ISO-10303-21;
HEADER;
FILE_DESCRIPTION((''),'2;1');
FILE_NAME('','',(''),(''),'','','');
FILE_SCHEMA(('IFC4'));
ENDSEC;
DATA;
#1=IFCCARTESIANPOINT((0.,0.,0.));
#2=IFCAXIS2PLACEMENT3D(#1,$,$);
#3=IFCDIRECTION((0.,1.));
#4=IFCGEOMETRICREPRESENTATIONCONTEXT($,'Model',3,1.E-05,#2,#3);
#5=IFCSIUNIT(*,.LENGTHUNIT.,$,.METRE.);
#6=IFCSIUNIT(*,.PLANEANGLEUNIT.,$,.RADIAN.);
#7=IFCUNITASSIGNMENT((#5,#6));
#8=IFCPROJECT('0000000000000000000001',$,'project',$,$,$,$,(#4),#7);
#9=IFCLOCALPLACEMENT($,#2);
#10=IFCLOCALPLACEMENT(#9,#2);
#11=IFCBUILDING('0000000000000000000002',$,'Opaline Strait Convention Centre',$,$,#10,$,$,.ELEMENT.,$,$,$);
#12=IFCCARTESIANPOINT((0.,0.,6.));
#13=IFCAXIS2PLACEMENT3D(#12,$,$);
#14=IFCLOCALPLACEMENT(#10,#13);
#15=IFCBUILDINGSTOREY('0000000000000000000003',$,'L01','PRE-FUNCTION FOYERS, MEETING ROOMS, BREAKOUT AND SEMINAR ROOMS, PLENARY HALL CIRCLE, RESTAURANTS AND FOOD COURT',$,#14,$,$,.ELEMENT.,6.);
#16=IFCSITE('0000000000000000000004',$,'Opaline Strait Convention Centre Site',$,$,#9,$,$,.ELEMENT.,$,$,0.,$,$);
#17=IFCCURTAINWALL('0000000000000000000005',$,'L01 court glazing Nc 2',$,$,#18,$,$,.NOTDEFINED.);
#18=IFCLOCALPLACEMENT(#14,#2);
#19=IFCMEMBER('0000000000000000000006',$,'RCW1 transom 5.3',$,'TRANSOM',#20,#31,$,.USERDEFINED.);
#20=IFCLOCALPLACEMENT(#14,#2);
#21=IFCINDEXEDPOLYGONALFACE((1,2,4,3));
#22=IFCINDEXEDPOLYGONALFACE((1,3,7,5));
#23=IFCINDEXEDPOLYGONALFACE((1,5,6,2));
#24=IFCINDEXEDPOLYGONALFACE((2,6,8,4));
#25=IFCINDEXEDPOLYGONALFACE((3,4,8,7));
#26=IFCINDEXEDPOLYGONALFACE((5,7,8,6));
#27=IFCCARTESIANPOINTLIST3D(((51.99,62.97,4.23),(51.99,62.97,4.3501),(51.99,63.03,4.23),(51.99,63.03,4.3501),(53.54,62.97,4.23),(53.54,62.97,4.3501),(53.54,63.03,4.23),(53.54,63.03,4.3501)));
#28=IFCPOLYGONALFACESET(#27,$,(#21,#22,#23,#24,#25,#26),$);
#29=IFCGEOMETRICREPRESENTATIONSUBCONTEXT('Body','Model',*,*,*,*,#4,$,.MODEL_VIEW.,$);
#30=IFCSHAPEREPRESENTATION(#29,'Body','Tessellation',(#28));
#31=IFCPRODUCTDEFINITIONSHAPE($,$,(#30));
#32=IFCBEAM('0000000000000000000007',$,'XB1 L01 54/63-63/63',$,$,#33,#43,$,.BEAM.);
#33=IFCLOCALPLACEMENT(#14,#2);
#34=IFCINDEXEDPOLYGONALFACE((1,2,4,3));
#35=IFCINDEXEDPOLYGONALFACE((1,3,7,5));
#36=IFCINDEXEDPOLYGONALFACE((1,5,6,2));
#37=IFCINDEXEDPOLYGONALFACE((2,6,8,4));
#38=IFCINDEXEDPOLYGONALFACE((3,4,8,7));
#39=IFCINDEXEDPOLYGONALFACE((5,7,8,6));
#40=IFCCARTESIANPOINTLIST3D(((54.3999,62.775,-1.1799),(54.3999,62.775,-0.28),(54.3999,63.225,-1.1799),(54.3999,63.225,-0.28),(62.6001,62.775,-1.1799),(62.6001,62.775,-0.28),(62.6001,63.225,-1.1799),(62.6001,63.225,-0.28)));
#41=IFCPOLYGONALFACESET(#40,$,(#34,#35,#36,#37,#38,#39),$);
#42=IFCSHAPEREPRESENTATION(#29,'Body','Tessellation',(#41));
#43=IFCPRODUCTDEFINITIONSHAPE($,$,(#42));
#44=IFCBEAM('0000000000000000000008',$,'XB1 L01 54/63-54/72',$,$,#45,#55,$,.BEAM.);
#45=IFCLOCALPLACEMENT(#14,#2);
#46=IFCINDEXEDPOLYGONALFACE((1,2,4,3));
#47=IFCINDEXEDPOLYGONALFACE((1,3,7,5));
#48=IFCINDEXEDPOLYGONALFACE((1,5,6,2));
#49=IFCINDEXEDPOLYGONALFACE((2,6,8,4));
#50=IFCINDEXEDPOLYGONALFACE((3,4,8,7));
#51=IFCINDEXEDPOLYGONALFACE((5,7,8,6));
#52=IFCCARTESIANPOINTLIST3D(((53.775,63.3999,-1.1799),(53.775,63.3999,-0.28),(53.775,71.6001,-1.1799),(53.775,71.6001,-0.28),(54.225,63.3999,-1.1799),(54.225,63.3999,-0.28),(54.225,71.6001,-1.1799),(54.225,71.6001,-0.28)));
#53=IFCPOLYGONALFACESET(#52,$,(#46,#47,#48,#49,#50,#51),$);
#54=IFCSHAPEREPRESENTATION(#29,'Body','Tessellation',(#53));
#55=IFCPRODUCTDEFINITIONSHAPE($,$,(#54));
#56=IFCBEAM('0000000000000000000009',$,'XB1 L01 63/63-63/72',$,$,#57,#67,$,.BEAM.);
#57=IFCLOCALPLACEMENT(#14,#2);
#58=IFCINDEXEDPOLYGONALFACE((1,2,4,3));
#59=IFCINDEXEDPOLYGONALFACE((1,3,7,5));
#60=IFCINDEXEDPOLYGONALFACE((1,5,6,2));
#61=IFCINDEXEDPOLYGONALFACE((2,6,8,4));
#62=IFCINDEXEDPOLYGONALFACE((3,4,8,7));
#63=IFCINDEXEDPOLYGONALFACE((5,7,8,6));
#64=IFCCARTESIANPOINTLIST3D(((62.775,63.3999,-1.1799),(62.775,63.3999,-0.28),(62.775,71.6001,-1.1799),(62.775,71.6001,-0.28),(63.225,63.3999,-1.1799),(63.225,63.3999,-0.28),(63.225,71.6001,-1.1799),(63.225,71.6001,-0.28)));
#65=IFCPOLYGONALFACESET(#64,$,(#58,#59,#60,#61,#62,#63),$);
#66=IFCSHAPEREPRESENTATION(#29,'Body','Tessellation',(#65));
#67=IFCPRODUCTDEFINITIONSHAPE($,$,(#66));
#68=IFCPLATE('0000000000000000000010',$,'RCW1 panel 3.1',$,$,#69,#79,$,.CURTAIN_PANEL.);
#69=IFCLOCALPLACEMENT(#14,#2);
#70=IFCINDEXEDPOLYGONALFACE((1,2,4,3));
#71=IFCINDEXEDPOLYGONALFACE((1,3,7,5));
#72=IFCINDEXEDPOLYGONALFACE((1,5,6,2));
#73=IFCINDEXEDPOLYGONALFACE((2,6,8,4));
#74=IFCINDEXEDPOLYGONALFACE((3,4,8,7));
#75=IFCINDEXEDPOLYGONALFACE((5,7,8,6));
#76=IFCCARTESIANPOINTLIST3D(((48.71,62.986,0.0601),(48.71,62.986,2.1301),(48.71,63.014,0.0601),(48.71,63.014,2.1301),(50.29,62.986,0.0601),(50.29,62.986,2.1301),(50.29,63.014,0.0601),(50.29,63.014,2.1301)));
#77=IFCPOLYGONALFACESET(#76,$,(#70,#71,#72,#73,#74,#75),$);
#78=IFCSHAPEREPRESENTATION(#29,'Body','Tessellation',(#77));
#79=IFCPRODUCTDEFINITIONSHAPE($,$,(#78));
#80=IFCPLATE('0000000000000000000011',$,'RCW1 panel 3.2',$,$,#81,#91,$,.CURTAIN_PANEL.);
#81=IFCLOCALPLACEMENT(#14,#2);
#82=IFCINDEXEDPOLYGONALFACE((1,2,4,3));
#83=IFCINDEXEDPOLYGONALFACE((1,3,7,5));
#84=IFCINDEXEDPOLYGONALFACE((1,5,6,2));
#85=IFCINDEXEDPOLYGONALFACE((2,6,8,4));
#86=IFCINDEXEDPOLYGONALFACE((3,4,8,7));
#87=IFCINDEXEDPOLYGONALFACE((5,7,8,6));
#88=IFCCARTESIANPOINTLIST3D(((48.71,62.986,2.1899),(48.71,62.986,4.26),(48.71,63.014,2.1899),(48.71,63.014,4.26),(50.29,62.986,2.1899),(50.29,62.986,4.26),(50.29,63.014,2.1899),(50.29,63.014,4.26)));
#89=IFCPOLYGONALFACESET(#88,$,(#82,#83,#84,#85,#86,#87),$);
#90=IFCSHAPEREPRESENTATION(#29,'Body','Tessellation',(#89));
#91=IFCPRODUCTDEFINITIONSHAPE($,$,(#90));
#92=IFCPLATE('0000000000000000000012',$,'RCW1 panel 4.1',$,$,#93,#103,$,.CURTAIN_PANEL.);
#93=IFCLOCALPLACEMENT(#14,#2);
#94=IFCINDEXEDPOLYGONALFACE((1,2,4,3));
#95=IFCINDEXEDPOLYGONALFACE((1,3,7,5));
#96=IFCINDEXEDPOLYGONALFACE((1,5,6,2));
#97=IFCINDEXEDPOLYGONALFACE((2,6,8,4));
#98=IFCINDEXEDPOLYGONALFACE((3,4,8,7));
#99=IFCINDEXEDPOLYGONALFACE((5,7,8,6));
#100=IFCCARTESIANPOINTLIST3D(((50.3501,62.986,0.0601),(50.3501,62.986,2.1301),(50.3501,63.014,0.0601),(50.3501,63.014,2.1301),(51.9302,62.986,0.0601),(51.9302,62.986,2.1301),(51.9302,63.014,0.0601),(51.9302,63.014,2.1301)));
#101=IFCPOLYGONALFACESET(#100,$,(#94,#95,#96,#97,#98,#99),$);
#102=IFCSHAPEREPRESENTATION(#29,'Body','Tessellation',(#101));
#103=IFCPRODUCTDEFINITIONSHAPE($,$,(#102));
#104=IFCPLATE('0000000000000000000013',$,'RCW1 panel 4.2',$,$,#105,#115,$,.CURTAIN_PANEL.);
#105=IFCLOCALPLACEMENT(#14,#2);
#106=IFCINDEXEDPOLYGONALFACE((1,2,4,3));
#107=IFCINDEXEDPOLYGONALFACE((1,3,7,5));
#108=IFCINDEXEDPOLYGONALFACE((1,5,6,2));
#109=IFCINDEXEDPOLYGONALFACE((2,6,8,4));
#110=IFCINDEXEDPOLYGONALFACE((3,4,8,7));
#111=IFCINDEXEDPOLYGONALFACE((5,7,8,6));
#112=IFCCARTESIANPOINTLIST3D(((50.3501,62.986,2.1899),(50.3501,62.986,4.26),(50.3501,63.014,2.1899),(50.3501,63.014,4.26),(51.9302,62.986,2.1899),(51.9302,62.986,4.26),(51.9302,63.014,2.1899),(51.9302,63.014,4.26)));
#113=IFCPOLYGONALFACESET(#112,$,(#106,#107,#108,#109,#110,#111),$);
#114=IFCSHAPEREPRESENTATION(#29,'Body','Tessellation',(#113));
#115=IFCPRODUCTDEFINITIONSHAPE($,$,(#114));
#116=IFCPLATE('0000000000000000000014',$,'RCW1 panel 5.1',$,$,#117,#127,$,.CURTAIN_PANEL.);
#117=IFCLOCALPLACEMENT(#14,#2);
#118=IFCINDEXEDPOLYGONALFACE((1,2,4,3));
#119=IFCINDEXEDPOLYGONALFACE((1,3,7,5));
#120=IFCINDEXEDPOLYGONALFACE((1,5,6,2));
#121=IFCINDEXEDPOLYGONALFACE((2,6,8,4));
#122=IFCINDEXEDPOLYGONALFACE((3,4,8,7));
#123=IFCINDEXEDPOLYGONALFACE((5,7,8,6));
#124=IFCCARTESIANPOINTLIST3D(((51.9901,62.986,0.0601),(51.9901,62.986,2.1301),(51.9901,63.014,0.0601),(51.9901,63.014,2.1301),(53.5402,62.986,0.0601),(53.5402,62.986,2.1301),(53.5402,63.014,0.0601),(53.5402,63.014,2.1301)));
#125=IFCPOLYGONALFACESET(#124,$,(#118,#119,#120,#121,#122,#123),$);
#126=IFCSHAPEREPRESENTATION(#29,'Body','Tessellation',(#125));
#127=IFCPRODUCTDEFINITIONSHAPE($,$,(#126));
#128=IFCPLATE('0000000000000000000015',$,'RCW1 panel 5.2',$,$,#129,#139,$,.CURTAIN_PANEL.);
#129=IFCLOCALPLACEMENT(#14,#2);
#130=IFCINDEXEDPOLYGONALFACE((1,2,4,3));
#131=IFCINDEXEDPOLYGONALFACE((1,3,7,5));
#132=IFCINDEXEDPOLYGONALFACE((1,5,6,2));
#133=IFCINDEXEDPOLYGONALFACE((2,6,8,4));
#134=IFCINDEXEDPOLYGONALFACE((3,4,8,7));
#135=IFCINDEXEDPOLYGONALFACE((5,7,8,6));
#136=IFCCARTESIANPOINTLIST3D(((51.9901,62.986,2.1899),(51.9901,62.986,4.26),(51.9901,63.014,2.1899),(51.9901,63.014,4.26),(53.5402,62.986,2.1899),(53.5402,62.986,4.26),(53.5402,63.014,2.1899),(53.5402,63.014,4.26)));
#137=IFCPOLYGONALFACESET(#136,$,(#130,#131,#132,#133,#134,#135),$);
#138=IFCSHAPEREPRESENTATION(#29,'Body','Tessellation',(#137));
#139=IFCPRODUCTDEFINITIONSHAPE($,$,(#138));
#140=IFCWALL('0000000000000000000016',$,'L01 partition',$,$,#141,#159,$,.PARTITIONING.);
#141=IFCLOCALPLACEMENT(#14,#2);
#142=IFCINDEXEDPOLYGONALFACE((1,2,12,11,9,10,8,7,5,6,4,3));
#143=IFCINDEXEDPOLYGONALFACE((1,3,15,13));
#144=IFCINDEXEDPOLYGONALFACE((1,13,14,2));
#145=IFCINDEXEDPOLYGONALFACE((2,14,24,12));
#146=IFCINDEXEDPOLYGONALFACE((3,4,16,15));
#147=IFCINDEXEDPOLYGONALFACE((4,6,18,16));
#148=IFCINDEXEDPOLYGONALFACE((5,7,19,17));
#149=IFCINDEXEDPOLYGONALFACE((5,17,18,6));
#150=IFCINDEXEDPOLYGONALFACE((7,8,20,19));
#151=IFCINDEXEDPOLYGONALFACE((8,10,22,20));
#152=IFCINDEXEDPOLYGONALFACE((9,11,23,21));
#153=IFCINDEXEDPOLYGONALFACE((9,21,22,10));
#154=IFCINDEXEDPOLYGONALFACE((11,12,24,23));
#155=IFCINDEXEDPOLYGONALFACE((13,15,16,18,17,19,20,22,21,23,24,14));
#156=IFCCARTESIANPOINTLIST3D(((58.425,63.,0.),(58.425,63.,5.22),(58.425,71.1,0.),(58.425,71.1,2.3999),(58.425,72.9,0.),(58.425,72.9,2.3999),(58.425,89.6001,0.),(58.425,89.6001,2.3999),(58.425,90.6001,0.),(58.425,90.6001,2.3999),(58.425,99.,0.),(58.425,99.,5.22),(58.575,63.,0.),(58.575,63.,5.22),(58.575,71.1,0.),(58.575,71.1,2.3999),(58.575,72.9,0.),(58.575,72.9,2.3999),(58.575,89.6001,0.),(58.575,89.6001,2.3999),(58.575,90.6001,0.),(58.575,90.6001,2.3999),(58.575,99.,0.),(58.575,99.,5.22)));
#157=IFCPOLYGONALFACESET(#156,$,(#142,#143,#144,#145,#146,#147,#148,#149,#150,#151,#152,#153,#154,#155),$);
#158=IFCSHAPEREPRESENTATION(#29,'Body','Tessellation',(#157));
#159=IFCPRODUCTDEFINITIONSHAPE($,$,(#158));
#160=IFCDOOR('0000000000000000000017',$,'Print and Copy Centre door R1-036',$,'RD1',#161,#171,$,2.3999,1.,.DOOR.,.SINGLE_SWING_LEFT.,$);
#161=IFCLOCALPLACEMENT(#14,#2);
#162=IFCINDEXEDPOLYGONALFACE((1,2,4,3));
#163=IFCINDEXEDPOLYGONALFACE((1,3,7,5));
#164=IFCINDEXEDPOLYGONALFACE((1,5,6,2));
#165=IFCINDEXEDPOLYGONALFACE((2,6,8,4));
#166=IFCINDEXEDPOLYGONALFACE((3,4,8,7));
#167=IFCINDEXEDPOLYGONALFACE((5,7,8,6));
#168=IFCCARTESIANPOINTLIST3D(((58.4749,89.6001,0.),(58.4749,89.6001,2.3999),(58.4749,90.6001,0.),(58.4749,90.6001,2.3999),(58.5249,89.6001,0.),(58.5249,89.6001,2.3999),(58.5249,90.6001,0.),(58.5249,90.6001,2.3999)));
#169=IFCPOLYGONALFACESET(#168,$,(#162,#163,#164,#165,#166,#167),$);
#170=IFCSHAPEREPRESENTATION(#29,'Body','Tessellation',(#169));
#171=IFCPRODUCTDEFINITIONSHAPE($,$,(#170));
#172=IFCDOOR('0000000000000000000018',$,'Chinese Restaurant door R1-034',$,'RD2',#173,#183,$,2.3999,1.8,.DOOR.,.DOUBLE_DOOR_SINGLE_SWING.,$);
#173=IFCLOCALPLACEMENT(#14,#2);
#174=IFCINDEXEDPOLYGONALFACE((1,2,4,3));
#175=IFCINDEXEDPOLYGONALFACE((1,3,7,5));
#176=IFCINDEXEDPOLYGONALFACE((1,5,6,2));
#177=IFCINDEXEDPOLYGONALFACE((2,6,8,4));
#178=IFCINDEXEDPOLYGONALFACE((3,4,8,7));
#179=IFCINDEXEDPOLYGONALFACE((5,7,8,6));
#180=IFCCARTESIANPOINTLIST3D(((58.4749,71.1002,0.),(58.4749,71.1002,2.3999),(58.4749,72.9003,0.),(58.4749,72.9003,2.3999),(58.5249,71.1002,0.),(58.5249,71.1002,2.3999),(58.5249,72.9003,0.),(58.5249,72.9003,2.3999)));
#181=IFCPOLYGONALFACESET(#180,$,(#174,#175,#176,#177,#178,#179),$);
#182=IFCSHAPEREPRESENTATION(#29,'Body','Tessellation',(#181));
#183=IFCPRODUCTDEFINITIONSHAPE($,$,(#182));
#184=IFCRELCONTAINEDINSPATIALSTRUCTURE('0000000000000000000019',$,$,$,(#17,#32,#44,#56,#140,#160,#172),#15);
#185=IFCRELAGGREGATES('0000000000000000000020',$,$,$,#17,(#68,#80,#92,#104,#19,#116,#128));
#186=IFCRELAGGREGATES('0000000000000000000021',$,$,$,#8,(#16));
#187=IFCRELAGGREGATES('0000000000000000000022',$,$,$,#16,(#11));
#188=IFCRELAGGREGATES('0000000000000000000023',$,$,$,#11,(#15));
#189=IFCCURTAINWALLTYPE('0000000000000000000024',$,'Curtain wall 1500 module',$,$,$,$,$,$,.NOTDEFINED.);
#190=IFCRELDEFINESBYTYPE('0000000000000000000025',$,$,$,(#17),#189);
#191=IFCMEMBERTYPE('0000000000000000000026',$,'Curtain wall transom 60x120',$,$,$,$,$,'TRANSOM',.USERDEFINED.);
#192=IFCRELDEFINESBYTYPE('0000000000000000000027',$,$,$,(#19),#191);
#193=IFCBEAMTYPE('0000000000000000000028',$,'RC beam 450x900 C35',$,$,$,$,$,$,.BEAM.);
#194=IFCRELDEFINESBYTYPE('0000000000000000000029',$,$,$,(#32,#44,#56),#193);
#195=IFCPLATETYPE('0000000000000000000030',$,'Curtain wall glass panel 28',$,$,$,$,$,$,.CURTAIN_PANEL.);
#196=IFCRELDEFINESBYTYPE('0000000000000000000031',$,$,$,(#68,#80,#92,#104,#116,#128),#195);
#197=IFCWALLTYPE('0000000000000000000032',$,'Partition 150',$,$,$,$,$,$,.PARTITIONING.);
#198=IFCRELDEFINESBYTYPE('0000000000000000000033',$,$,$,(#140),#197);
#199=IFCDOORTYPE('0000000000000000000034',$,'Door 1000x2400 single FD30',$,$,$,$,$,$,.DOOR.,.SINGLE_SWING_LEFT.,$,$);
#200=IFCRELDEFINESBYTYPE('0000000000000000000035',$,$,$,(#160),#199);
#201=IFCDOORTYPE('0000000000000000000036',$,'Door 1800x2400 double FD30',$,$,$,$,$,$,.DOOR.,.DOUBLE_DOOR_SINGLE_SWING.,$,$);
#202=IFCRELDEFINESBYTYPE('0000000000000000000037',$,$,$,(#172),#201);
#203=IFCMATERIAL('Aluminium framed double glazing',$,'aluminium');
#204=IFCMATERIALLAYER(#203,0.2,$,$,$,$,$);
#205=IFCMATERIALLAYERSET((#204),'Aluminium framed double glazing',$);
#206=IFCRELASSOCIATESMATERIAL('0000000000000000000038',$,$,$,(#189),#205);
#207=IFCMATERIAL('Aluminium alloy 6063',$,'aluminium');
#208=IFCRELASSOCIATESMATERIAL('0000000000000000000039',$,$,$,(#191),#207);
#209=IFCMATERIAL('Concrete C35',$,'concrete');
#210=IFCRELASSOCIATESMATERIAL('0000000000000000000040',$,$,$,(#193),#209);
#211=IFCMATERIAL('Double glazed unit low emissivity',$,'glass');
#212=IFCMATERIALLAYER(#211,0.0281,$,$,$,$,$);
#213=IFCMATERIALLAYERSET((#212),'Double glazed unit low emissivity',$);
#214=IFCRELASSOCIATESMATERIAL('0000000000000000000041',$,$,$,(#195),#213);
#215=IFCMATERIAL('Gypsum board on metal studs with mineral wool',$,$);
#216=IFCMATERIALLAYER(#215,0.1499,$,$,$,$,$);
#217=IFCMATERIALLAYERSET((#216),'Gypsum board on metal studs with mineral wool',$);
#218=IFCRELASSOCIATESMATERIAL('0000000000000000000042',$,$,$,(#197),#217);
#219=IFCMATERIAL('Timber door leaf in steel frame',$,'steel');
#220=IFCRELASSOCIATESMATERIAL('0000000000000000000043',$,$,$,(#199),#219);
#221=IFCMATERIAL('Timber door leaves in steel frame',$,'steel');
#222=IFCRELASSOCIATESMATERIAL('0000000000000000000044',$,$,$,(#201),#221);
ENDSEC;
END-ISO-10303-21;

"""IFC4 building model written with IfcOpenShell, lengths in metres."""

from ifc_helpers import new_model, si_unit, direction, frame, frame_2d, origin, origin_2d, place, context, subcontext, project, spatial, rectangle, extrude, material, layer, layer_set, material_profile, profile_set, type_object, element, fill, aggregate, save


model = new_model("IFC4")

# Units and contexts
model_context = context("Model", 3, precision=1e-05, world=origin(), true_north=direction((0.0, 1.0)))
body_context = subcontext(model_context, "Body", "Model", "MODEL_VIEW")
ifc_project = project(units=[si_unit("LENGTHUNIT", "METRE"), si_unit("PLANEANGLEUNIT", "RADIAN")], contexts=[model_context])

# Site, building, storey
site_placement = place(None, origin())
site = spatial("IfcSite", under=ifc_project, at=site_placement, Name="Opaline Strait Convention Centre Site", CompositionType="ELEMENT", RefElevation=0.0)
building_placement = place(site_placement, origin())
building = spatial("IfcBuilding", under=site, at=building_placement, Name="Opaline Strait Convention Centre", CompositionType="ELEMENT")
storey_placement = place(building_placement, frame((0.0, 0.0, 6.0)))
storey = spatial("IfcBuildingStorey", under=building, at=storey_placement, Name="L01", Description="PRE-FUNCTION FOYERS, MEETING ROOMS, BREAKOUT AND SEMINAR ROOMS, PLENARY HALL CIRCLE, RESTAURANTS AND FOOD COURT", CompositionType="ELEMENT", Elevation=6.0)

# Curtain wall, member
ifc_material_1 = material(Name="Aluminium framed double glazing", Category="aluminium")
ifc_layer_1 = layer(ifc_material_1, 0.2)
ifc_layer_set_1 = layer_set([ifc_layer_1], Name="Aluminium framed double glazing")
curtain_wall_type = type_object("IfcCurtainWallType", Name="Curtain wall 1500 module", PredefinedType="NOTDEFINED", material=ifc_layer_set_1)
curtain_wall_placement = place(storey_placement, origin())
curtain_wall = element("IfcCurtainWall", 1, at=curtain_wall_placement, inside=storey, type_object=curtain_wall_type, Name="L01 court glazing Nc 2", PredefinedType="NOTDEFINED")
ifc_material_2 = material(Name="Aluminium alloy 6063", Category="aluminium")
ifc_material_profile_1 = material_profile(ifc_material_2, rectangle(XDim=0.0601, YDim=0.1201, at=origin_2d()), Name="Curtain wall transom 60x120")
ifc_profile_set_1 = profile_set([ifc_material_profile_1], Name="Aluminium alloy 6063")
member_type_1 = type_object("IfcMemberType", Name="Curtain wall transom 60x120", ElementType="TRANSOM", PredefinedType="USERDEFINED", material=ifc_profile_set_1)
member_1_placement = place(storey_placement, frame((51.99, 63.0, 4.29), z_axis=(1.0, 0.0, 0.0), x_axis=(0.0, 1.0, 0.0)))
member_1 = element("IfcMember", 2, at=member_1_placement, type_object=member_type_1, Name="RCW1 transom 5.3", ObjectType="TRANSOM", PredefinedType="USERDEFINED", context=body_context, shape_type="SweptSolid", body=[
    extrude(rectangle(XDim=0.0601, YDim=0.1201, at=origin_2d()), origin(), (0.0, 0.0, 1.0), 1.55),
])

# Beams
ifc_material_3 = material(Name="Concrete C35", Category="concrete")
ifc_material_profile_2 = material_profile(ifc_material_3, rectangle(XDim=0.45, YDim=0.8999, at=origin_2d()), Name="RC 450x900")
ifc_profile_set_2 = profile_set([ifc_material_profile_2], Name="Concrete C35")
beam_type = type_object("IfcBeamType", Name="RC beam 450x900 C35", PredefinedType="BEAM", material=ifc_profile_set_2)
for number, where, z_axis, x_axis, name in (
    (3, (54.3999, 63.0, -0.73), (1.0, 0.0, 0.0), (0.0, 1.0, 0.0), "XB1 L01 54/63-63/63"),
    (4, (54.0, 63.3999, -0.73), (0.0, 1.0, 0.0), (-1.0, 0.0, 0.0), "XB1 L01 54/63-54/72"),
    (5, (63.0, 63.3999, -0.73), (0.0, 1.0, 0.0), (-1.0, 0.0, 0.0), "XB1 L01 63/63-63/72"),
):
    element("IfcBeam", number, at=place(storey_placement, frame(where, z_axis=z_axis, x_axis=x_axis)), inside=storey, type_object=beam_type, Name=name, PredefinedType="BEAM", context=body_context, shape_type="SweptSolid", body=[
        extrude(rectangle(XDim=0.45, YDim=0.8999, at=origin_2d()), origin(), (0.0, 0.0, 1.0), 8.2002),
    ])

# Plates
ifc_material_4 = material(Name="Double glazed unit low emissivity", Category="glass")
ifc_layer_2 = layer(ifc_material_4, 0.0281)
ifc_layer_set_2 = layer_set([ifc_layer_2], Name="Double glazed unit low emissivity")
plate_type = type_object("IfcPlateType", Name="Curtain wall glass panel 28", PredefinedType="CURTAIN_PANEL", material=ifc_layer_set_2)
plate_1_placement = place(storey_placement, frame((49.5, 63.0, 0.0601), z_axis=(0.0, 0.0, 1.0), x_axis=(1.0, 0.0, 0.0)))
plate_1 = element("IfcPlate", 6, at=plate_1_placement, type_object=plate_type, Name="RCW1 panel 3.1", PredefinedType="CURTAIN_PANEL", context=body_context, shape_type="SweptSolid", body=[
    extrude(rectangle(XDim=1.5801, YDim=0.0281, at=origin_2d()), origin(), (0.0, 0.0, 1.0), 2.0701),
])
plate_2_placement = place(storey_placement, frame((49.5, 63.0, 2.1899), z_axis=(0.0, 0.0, 1.0), x_axis=(1.0, 0.0, 0.0)))
plate_2 = element("IfcPlate", 7, at=plate_2_placement, type_object=plate_type, Name="RCW1 panel 3.2", PredefinedType="CURTAIN_PANEL", context=body_context, shape_type="SweptSolid", body=[
    extrude(rectangle(XDim=1.5801, YDim=0.0281, at=origin_2d()), origin(), (0.0, 0.0, 1.0), 2.0701),
])
plate_3_placement = place(storey_placement, frame((51.1401, 63.0, 0.0601), z_axis=(0.0, 0.0, 1.0), x_axis=(1.0, 0.0, 0.0)))
plate_3 = element("IfcPlate", 8, at=plate_3_placement, type_object=plate_type, Name="RCW1 panel 4.1", PredefinedType="CURTAIN_PANEL", context=body_context, shape_type="SweptSolid", body=[
    extrude(rectangle(XDim=1.5801, YDim=0.0281, at=origin_2d()), origin(), (0.0, 0.0, 1.0), 2.0701),
])
plate_4_placement = place(storey_placement, frame((51.1401, 63.0, 2.1899), z_axis=(0.0, 0.0, 1.0), x_axis=(1.0, 0.0, 0.0)))
plate_4 = element("IfcPlate", 9, at=plate_4_placement, type_object=plate_type, Name="RCW1 panel 4.2", PredefinedType="CURTAIN_PANEL", context=body_context, shape_type="SweptSolid", body=[
    extrude(rectangle(XDim=1.5801, YDim=0.0281, at=origin_2d()), origin(), (0.0, 0.0, 1.0), 2.0701),
])
plate_5_placement = place(storey_placement, frame((52.7651, 63.0, 0.0601), z_axis=(0.0, 0.0, 1.0), x_axis=(1.0, 0.0, 0.0)))
plate_5 = element("IfcPlate", 10, at=plate_5_placement, type_object=plate_type, Name="RCW1 panel 5.1", PredefinedType="CURTAIN_PANEL", context=body_context, shape_type="SweptSolid", body=[
    extrude(rectangle(XDim=1.55, YDim=0.0281, at=origin_2d()), origin(), (0.0, 0.0, 1.0), 2.0701),
])
plate_6_placement = place(storey_placement, frame((52.7651, 63.0, 2.1899), z_axis=(0.0, 0.0, 1.0), x_axis=(1.0, 0.0, 0.0)))
plate_6 = element("IfcPlate", 11, at=plate_6_placement, type_object=plate_type, Name="RCW1 panel 5.2", PredefinedType="CURTAIN_PANEL", context=body_context, shape_type="SweptSolid", body=[
    extrude(rectangle(XDim=1.55, YDim=0.0281, at=origin_2d()), origin(), (0.0, 0.0, 1.0), 2.0701),
])
aggregate(curtain_wall, [plate_1, plate_2, plate_3, plate_4, member_1, plate_5, plate_6])

# Wall, openings, doors
ifc_material_5 = material(Name="Gypsum board on metal studs with mineral wool")
ifc_layer_3 = layer(ifc_material_5, 0.1499)
ifc_layer_set_3 = layer_set([ifc_layer_3], Name="Gypsum board on metal studs with mineral wool")
wall_type = type_object("IfcWallType", Name="Partition 150", PredefinedType="PARTITIONING", material=ifc_layer_set_3)
wall_placement = place(storey_placement, frame((58.5, 63.0, 0.0), z_axis=(0.0, 0.0, 1.0), x_axis=(0.0, 1.0, 0.0)))
wall = element("IfcWall", 12, at=wall_placement, inside=storey, type_object=wall_type, Name="L01 partition", PredefinedType="PARTITIONING", context=body_context, shape_type="SweptSolid", body=[
    extrude(rectangle(XDim=36.0, YDim=0.1499, at=frame_2d((18.0, 0.0))), origin(), (0.0, 0.0, 1.0), 5.22),
])
opening_1_placement = place(wall_placement, frame((8.1001, 0.0, 0.0)))
opening_1 = element("IfcOpeningElement", 13, at=opening_1_placement, cuts=wall, PredefinedType="OPENING", context=body_context, shape_type="SweptSolid", body=[
    extrude(rectangle(XDim=1.8, YDim=2.3999, at=frame_2d((0.8999, 1.2))), frame((0.0, 0.085, 0.0), z_axis=(0.0, -1.0, 0.0), x_axis=(1.0, 0.0, 0.0)), (0.0, 0.0, 1.0), 0.1699),
])
opening_2_placement = place(wall_placement, frame((26.6001, 0.0, 0.0)))
opening_2 = element("IfcOpeningElement", 14, at=opening_2_placement, cuts=wall, PredefinedType="OPENING", context=body_context, shape_type="SweptSolid", body=[
    extrude(rectangle(XDim=1.0, YDim=2.3999, at=frame_2d((0.5, 1.2))), frame((0.0, 0.085, 0.0), z_axis=(0.0, -1.0, 0.0), x_axis=(1.0, 0.0, 0.0)), (0.0, 0.0, 1.0), 0.1699),
])
ifc_material_6 = material(Name="Timber door leaf in steel frame", Category="steel")
door_type_1 = type_object("IfcDoorType", Name="Door 1000x2400 single FD30", OperationType="SINGLE_SWING_LEFT", PredefinedType="DOOR", material=ifc_material_6)
door_1_placement = place(opening_2_placement, frame((1.0, 0.0, 0.0), z_axis=(0.0, 0.0, 1.0), x_axis=(-1.0, 0.0, 0.0)))
door_1 = element("IfcDoor", 15, at=door_1_placement, inside=storey, type_object=door_type_1, Name="Print and Copy Centre door R1-036", ObjectType="RD1", OperationType="SINGLE_SWING_LEFT", OverallHeight=2.3999, OverallWidth=1.0, PredefinedType="DOOR", context=body_context, shape_type="SweptSolid", body=[
    extrude(rectangle(XDim=1.0, YDim=2.3999, at=frame_2d((0.5, 1.2))), frame((0.0, 0.0249, 0.0), z_axis=(0.0, -1.0, 0.0), x_axis=(1.0, 0.0, 0.0)), (0.0, 0.0, 1.0), 0.05),
])
fill(opening_2, door_1)
ifc_material_7 = material(Name="Timber door leaves in steel frame", Category="steel")
door_type_2 = type_object("IfcDoorType", Name="Door 1800x2400 double FD30", OperationType="DOUBLE_DOOR_SINGLE_SWING", PredefinedType="DOOR", material=ifc_material_7)
door_2_placement = place(opening_1_placement, frame((1.8, 0.0, 0.0), z_axis=(0.0, 0.0, 1.0), x_axis=(-1.0, 0.0, 0.0)))
door_2 = element("IfcDoor", 16, at=door_2_placement, inside=storey, type_object=door_type_2, Name="Chinese Restaurant door R1-034", ObjectType="RD2", OperationType="DOUBLE_DOOR_SINGLE_SWING", OverallHeight=2.3999, OverallWidth=1.8, PredefinedType="DOOR", context=body_context, shape_type="SweptSolid", body=[
    extrude(rectangle(XDim=1.8, YDim=2.3999, at=frame_2d((0.8999, 1.2))), frame((0.0, 0.0249, 0.0), z_axis=(0.0, -1.0, 0.0), x_axis=(1.0, 0.0, 0.0)), (0.0, 0.0, 1.0), 0.05),
])
fill(opening_1, door_2)

save(model, "model.ifc")
